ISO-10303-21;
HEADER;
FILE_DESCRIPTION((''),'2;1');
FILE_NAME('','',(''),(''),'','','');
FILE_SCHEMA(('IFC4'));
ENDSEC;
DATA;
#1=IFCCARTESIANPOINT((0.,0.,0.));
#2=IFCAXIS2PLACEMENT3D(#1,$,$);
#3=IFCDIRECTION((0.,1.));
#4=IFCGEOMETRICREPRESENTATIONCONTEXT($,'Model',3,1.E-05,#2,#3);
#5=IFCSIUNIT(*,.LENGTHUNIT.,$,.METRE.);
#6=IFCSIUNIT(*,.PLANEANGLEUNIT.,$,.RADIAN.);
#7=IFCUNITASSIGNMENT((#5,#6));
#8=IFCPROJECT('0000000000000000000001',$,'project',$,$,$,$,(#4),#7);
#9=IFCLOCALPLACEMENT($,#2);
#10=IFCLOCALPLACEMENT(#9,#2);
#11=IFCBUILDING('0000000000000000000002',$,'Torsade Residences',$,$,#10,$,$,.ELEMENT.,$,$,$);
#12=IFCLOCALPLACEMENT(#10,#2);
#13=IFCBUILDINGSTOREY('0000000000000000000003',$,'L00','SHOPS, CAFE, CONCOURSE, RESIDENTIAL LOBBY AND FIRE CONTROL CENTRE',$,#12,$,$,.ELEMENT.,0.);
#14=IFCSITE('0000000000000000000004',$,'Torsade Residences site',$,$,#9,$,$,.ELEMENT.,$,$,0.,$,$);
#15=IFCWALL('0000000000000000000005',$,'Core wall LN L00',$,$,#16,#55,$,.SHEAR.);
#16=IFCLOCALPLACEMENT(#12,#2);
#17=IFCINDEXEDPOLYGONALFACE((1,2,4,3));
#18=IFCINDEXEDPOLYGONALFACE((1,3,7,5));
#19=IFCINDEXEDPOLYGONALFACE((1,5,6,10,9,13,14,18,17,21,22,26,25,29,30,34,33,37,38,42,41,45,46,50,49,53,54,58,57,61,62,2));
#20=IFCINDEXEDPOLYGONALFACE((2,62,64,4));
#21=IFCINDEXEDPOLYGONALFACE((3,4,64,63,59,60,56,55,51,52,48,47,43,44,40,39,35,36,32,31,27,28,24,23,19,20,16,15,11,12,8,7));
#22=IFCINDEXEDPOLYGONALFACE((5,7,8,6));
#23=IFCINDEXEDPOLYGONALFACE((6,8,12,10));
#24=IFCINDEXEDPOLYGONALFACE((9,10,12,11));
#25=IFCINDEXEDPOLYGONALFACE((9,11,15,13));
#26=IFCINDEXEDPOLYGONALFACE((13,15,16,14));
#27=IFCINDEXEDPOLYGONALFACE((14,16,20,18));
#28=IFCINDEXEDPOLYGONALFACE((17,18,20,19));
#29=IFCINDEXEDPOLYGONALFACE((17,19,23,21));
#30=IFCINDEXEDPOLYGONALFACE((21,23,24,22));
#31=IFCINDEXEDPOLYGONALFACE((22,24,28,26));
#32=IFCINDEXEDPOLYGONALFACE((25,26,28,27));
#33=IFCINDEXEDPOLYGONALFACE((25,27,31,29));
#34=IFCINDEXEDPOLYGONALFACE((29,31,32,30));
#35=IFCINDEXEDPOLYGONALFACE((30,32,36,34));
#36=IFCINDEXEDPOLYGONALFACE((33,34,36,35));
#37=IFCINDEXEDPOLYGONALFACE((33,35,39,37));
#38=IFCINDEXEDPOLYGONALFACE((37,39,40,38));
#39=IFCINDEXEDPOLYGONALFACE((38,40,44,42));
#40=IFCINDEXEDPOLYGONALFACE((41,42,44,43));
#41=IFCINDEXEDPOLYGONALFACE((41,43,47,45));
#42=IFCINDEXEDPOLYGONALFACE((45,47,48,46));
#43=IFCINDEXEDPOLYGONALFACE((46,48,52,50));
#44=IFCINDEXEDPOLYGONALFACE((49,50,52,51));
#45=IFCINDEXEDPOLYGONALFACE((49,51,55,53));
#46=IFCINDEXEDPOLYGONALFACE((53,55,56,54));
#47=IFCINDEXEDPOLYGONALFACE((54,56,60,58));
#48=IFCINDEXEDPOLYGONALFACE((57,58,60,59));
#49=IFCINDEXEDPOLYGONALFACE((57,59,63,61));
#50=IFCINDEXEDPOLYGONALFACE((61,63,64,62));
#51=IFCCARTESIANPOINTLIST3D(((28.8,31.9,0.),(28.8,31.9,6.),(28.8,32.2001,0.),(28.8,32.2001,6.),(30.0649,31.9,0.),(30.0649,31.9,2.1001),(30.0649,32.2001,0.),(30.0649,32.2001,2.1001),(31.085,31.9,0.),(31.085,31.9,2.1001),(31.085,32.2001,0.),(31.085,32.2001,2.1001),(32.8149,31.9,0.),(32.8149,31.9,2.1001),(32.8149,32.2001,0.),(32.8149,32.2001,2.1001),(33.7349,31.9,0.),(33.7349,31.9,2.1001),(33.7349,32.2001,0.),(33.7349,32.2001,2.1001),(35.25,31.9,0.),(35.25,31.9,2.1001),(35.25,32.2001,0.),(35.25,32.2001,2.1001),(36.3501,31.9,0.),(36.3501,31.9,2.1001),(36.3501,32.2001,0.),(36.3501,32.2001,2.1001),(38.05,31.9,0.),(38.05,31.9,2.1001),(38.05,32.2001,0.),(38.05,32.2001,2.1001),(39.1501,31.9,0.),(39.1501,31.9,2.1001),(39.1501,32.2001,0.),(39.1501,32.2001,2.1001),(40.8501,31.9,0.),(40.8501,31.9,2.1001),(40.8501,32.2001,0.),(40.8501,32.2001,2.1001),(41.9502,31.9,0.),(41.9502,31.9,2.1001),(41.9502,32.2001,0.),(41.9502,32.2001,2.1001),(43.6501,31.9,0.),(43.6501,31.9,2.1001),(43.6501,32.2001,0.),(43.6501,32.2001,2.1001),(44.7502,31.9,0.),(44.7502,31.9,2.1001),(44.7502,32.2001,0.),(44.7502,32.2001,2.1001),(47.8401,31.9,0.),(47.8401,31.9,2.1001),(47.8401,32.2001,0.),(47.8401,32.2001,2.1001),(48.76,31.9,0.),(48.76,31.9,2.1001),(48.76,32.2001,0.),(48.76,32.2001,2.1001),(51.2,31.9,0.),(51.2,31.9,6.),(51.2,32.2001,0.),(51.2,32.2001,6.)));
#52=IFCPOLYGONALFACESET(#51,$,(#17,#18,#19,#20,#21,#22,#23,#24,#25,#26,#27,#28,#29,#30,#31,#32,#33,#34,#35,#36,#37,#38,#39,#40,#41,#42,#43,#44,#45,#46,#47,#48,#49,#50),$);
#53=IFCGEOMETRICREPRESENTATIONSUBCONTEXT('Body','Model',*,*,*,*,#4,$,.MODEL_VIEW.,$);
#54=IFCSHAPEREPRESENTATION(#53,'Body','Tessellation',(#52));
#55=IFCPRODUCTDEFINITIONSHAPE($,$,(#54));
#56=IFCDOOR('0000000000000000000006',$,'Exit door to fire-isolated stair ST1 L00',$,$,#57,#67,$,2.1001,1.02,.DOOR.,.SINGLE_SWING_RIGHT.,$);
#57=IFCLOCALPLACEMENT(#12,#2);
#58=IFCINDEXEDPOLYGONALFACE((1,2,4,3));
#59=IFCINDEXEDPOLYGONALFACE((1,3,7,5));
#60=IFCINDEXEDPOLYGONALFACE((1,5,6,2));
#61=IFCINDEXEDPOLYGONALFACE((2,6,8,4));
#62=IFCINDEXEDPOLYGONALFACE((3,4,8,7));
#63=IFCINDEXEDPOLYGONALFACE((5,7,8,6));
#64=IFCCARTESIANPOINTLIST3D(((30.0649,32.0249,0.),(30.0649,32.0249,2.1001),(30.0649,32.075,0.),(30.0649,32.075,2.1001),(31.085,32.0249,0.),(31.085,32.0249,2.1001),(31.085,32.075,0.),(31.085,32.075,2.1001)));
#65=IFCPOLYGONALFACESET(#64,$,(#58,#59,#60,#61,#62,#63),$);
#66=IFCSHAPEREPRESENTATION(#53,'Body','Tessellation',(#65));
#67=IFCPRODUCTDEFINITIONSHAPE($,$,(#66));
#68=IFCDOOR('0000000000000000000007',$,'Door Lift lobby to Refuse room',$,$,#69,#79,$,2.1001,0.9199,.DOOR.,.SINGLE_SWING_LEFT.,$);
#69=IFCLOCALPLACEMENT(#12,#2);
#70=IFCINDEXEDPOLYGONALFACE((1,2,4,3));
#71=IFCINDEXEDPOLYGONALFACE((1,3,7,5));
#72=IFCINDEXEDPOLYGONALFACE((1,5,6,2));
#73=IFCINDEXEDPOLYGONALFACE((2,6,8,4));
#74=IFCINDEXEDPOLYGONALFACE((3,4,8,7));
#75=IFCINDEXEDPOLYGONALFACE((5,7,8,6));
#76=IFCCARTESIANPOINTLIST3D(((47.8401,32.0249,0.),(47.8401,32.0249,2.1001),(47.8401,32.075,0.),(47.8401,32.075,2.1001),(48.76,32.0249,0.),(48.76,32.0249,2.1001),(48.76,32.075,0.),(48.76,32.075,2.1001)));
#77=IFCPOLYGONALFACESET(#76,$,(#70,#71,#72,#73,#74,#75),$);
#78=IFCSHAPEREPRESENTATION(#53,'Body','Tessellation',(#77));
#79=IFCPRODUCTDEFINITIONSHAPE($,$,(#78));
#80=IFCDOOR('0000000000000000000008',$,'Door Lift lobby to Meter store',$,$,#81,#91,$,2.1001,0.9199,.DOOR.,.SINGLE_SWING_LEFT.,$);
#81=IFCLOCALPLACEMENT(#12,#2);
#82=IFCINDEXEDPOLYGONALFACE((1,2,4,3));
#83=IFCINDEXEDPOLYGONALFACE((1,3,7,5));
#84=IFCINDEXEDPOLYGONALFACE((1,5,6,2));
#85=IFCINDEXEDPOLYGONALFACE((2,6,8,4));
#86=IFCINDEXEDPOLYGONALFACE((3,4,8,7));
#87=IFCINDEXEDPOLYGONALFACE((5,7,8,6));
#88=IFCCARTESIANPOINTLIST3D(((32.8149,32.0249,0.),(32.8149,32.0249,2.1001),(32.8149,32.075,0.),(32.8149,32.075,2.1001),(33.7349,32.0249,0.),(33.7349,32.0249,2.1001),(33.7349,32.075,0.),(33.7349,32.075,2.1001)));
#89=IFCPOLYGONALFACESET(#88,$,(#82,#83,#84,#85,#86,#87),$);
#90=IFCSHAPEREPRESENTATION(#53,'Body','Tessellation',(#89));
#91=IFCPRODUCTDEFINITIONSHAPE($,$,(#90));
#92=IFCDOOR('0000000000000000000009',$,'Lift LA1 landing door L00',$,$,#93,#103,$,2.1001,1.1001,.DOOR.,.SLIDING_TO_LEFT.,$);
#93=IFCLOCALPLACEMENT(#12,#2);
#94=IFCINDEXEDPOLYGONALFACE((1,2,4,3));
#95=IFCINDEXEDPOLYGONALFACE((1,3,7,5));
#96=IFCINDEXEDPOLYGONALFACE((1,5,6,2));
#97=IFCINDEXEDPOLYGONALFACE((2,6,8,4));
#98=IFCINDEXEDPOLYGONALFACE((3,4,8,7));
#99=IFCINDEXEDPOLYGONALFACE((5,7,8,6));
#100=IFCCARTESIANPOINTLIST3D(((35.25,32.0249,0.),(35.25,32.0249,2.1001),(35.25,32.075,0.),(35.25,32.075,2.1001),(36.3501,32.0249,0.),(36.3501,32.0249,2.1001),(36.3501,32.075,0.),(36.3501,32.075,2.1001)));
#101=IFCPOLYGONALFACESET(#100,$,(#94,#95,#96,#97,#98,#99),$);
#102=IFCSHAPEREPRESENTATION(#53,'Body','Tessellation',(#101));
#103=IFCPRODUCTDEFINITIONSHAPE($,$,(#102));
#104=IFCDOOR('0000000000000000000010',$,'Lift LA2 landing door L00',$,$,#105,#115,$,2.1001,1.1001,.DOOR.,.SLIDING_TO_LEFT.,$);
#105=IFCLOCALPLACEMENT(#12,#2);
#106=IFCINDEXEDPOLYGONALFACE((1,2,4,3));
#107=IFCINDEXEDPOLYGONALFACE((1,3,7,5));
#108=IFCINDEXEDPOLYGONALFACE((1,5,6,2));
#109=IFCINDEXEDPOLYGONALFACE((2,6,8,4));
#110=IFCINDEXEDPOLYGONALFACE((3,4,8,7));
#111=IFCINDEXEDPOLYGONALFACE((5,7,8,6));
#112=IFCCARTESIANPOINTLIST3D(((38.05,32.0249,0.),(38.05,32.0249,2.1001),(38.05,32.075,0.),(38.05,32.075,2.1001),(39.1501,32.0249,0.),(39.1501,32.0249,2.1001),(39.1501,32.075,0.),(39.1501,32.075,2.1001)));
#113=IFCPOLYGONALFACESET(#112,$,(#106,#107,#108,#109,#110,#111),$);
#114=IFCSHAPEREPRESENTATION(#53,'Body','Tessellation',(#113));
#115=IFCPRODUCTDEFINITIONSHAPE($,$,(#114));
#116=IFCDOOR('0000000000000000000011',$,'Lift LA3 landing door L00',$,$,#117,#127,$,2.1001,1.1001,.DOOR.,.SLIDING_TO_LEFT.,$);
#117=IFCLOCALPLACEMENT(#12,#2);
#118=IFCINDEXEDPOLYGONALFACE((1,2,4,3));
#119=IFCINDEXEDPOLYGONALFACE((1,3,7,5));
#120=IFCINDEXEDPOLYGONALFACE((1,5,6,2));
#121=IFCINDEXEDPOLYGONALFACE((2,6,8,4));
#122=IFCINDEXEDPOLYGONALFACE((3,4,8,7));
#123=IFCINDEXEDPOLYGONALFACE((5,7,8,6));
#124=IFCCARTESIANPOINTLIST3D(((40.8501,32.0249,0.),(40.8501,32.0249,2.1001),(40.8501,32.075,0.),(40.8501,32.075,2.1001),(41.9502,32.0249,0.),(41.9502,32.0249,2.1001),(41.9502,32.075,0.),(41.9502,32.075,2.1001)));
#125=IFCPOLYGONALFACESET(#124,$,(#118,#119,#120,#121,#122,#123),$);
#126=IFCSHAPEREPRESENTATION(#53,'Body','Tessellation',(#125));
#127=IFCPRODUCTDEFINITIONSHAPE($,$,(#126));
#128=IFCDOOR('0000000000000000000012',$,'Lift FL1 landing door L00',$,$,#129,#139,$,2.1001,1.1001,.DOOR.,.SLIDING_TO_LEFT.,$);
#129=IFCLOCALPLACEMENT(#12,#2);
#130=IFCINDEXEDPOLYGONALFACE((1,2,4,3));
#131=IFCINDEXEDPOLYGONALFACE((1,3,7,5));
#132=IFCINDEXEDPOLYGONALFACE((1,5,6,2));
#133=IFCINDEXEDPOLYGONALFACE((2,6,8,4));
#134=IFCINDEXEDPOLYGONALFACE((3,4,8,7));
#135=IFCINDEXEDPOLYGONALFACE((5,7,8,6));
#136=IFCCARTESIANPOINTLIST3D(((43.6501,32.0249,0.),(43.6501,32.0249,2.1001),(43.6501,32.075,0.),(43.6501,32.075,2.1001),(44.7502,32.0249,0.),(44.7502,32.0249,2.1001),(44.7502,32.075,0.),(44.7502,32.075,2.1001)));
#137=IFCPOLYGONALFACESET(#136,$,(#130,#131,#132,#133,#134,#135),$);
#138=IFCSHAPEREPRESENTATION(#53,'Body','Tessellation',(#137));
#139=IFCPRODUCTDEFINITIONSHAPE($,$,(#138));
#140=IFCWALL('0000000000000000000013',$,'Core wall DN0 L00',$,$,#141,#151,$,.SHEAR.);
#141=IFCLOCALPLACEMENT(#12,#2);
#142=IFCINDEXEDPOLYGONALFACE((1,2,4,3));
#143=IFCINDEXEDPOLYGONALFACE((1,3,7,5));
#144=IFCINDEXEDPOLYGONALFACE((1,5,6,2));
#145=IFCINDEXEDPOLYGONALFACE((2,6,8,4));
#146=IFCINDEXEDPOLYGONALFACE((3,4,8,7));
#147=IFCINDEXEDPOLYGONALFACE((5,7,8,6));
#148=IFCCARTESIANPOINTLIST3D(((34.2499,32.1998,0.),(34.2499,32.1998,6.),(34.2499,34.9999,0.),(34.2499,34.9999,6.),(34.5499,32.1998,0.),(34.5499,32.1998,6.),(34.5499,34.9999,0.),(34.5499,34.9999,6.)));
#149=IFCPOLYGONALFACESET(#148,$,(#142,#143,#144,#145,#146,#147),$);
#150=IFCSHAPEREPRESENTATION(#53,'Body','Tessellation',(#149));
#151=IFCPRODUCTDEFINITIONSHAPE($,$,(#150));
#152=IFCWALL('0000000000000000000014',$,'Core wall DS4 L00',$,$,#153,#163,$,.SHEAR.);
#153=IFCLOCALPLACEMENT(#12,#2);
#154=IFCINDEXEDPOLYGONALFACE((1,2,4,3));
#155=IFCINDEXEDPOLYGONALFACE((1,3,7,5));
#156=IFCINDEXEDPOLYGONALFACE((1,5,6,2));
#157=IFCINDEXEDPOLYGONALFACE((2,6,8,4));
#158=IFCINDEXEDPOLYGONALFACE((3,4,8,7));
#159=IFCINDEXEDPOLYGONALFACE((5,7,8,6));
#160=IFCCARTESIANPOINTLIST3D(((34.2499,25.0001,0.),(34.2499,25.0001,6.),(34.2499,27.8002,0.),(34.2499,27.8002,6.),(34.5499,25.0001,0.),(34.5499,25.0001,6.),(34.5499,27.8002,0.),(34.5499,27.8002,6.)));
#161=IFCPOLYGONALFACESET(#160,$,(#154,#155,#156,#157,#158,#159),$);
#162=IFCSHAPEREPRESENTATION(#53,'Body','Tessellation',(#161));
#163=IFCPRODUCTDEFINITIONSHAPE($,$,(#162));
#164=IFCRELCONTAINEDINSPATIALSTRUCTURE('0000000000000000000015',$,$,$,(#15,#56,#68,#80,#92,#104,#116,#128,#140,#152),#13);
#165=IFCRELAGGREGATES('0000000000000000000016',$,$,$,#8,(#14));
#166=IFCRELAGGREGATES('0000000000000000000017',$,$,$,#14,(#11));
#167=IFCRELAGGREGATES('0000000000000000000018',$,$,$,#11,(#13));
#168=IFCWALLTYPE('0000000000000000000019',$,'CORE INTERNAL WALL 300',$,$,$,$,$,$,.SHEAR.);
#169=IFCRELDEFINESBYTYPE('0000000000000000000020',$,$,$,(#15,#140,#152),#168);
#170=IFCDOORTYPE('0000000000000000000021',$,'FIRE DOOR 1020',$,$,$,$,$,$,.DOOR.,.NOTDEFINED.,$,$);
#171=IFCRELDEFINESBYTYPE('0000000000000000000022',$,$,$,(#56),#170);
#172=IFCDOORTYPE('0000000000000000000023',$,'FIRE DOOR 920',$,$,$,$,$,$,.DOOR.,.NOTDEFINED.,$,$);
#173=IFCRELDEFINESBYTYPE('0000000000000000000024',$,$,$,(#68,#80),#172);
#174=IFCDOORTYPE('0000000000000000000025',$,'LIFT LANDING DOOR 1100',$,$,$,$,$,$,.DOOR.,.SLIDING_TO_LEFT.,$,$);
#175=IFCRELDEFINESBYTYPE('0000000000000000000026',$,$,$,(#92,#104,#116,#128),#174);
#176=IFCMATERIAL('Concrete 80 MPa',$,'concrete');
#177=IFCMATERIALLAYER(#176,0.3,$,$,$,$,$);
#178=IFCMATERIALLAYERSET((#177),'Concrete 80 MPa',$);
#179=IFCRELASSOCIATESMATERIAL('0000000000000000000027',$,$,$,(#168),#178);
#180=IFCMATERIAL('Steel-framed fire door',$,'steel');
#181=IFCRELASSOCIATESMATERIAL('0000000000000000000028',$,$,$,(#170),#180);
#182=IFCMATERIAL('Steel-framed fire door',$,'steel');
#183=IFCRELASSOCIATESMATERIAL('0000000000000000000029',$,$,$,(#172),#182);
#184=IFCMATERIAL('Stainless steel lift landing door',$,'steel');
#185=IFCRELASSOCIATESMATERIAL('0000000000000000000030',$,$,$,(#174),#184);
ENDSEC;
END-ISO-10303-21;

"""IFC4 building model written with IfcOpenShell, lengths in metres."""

from ifc_helpers import new_model, si_unit, direction, frame, frame_2d, origin, place, context, subcontext, project, spatial, rectangle, extrude, material, layer, layer_set, type_object, element, fill, save


model = new_model("IFC4")

# Units and contexts
model_context = context("Model", 3, precision=1e-05, world=origin(), true_north=direction((0.0, 1.0)))
body_context = subcontext(model_context, "Body", "Model", "MODEL_VIEW")
ifc_project = project(units=[si_unit("LENGTHUNIT", "METRE"), si_unit("PLANEANGLEUNIT", "RADIAN")], contexts=[model_context])

# Site, building, storey
site_placement = place(None, origin())
site = spatial("IfcSite", under=ifc_project, at=site_placement, Name="Torsade Residences site", CompositionType="ELEMENT", RefElevation=0.0)
building_placement = place(site_placement, origin())
building = spatial("IfcBuilding", under=site, at=building_placement, Name="Torsade Residences", CompositionType="ELEMENT")
storey_placement = place(building_placement, origin())
storey = spatial("IfcBuildingStorey", under=building, at=storey_placement, Name="L00", Description="SHOPS, CAFE, CONCOURSE, RESIDENTIAL LOBBY AND FIRE CONTROL CENTRE", CompositionType="ELEMENT", Elevation=0.0)

# Wall, openings, doors
ifc_material_1 = material(Name="Concrete 80 MPa", Category="concrete")
ifc_layer_1 = layer(ifc_material_1, 0.3)
ifc_layer_set_1 = layer_set([ifc_layer_1], Name="Concrete 80 MPa")
wall_type_1 = type_object("IfcWallType", Name="CORE INTERNAL WALL 300", PredefinedType="SHEAR", material=ifc_layer_set_1)
wall_1_placement = place(storey_placement, frame((28.8, 32.05, 0.0), z_axis=(0.0, 0.0, 1.0), x_axis=(1.0, 0.0, 0.0)))
wall_1 = element("IfcWall", 1, at=wall_1_placement, inside=storey, type_object=wall_type_1, Name="Core wall LN L00", PredefinedType="SHEAR", context=body_context, shape_type="SweptSolid", body=[
    extrude(rectangle(XDim=22.3999, YDim=0.3, at=frame_2d((11.2, 0.0))), origin(), (0.0, 0.0, 1.0), 6.0),
])
opening_1_placement = place(wall_1_placement, frame((19.04, 0.0, 0.0)))
opening_1 = element("IfcOpeningElement", 2, at=opening_1_placement, cuts=wall_1, PredefinedType="OPENING", context=body_context, shape_type="SweptSolid", body=[
    extrude(rectangle(XDim=0.9199, YDim=2.1001, at=frame_2d((0.46, 1.05))), frame((0.0, 0.1599, 0.0), z_axis=(0.0, -1.0, 0.0), x_axis=(1.0, 0.0, 0.0)), (0.0, 0.0, 1.0), 0.3201),
])
opening_2_placement = place(wall_1_placement, frame((1.2649, 0.0, 0.0)))
opening_2 = element("IfcOpeningElement", 3, at=opening_2_placement, cuts=wall_1, PredefinedType="OPENING", context=body_context, shape_type="SweptSolid", body=[
    extrude(rectangle(XDim=1.02, YDim=2.1001, at=frame_2d((0.51, 1.05))), frame((0.0, 0.1599, 0.0), z_axis=(0.0, -1.0, 0.0), x_axis=(1.0, 0.0, 0.0)), (0.0, 0.0, 1.0), 0.3201),
])
opening_3_placement = place(wall_1_placement, frame((4.0149, 0.0, 0.0)))
opening_3 = element("IfcOpeningElement", 4, at=opening_3_placement, cuts=wall_1, PredefinedType="OPENING", context=body_context, shape_type="SweptSolid", body=[
    extrude(rectangle(XDim=0.9199, YDim=2.1001, at=frame_2d((0.46, 1.05))), frame((0.0, 0.1599, 0.0), z_axis=(0.0, -1.0, 0.0), x_axis=(1.0, 0.0, 0.0)), (0.0, 0.0, 1.0), 0.3201),
])
opening_4_placement = place(wall_1_placement, frame((6.45, 0.0, 0.0)))
opening_4 = element("IfcOpeningElement", 5, at=opening_4_placement, cuts=wall_1, PredefinedType="OPENING", context=body_context, shape_type="SweptSolid", body=[
    extrude(rectangle(XDim=1.1001, YDim=2.1001, at=frame_2d((0.55, 1.05))), frame((0.0, 0.1599, 0.0), z_axis=(0.0, -1.0, 0.0), x_axis=(1.0, 0.0, 0.0)), (0.0, 0.0, 1.0), 0.3201),
])
opening_5_placement = place(wall_1_placement, frame((9.25, 0.0, 0.0)))
opening_5 = element("IfcOpeningElement", 6, at=opening_5_placement, cuts=wall_1, PredefinedType="OPENING", context=body_context, shape_type="SweptSolid", body=[
    extrude(rectangle(XDim=1.1001, YDim=2.1001, at=frame_2d((0.55, 1.05))), frame((0.0, 0.1599, 0.0), z_axis=(0.0, -1.0, 0.0), x_axis=(1.0, 0.0, 0.0)), (0.0, 0.0, 1.0), 0.3201),
])
opening_6_placement = place(wall_1_placement, frame((12.05, 0.0, 0.0)))
opening_6 = element("IfcOpeningElement", 7, at=opening_6_placement, cuts=wall_1, PredefinedType="OPENING", context=body_context, shape_type="SweptSolid", body=[
    extrude(rectangle(XDim=1.1001, YDim=2.1001, at=frame_2d((0.55, 1.05))), frame((0.0, 0.1599, 0.0), z_axis=(0.0, -1.0, 0.0), x_axis=(1.0, 0.0, 0.0)), (0.0, 0.0, 1.0), 0.3201),
])
opening_7_placement = place(wall_1_placement, frame((14.8501, 0.0, 0.0)))
opening_7 = element("IfcOpeningElement", 8, at=opening_7_placement, cuts=wall_1, PredefinedType="OPENING", context=body_context, shape_type="SweptSolid", body=[
    extrude(rectangle(XDim=1.1001, YDim=2.1001, at=frame_2d((0.55, 1.05))), frame((0.0, 0.1599, 0.0), z_axis=(0.0, -1.0, 0.0), x_axis=(1.0, 0.0, 0.0)), (0.0, 0.0, 1.0), 0.3201),
])
ifc_material_2 = material(Name="Steel-framed fire door", Category="steel")
door_type_1 = type_object("IfcDoorType", Name="FIRE DOOR 1020", OperationType="NOTDEFINED", PredefinedType="DOOR", material=ifc_material_2)
door_1_placement = place(opening_2_placement, origin())
door_1 = element("IfcDoor", 9, at=door_1_placement, inside=storey, type_object=door_type_1, Name="Exit door to fire-isolated stair ST1 L00", OperationType="SINGLE_SWING_RIGHT", OverallHeight=2.1001, OverallWidth=1.02, PredefinedType="DOOR", context=body_context, shape_type="SweptSolid", body=[
    extrude(rectangle(XDim=1.02, YDim=2.1001, at=frame_2d((0.51, 1.05))), frame((0.0, 0.0249, 0.0), z_axis=(0.0, -1.0, 0.0), x_axis=(1.0, 0.0, 0.0)), (0.0, 0.0, 1.0), 0.05),
])
fill(opening_2, door_1)
ifc_material_3 = material(Name="Steel-framed fire door", Category="steel")
door_type_2 = type_object("IfcDoorType", Name="FIRE DOOR 920", OperationType="NOTDEFINED", PredefinedType="DOOR", material=ifc_material_3)
door_2_placement = place(opening_1_placement, origin())
door_2 = element("IfcDoor", 10, at=door_2_placement, inside=storey, type_object=door_type_2, Name="Door Lift lobby to Refuse room", OperationType="SINGLE_SWING_LEFT", OverallHeight=2.1001, OverallWidth=0.9199, PredefinedType="DOOR", context=body_context, shape_type="SweptSolid", body=[
    extrude(rectangle(XDim=0.9199, YDim=2.1001, at=frame_2d((0.46, 1.05))), frame((0.0, 0.0249, 0.0), z_axis=(0.0, -1.0, 0.0), x_axis=(1.0, 0.0, 0.0)), (0.0, 0.0, 1.0), 0.05),
])
fill(opening_1, door_2)
door_3_placement = place(opening_3_placement, origin())
door_3 = element("IfcDoor", 11, at=door_3_placement, inside=storey, type_object=door_type_2, Name="Door Lift lobby to Meter store", OperationType="SINGLE_SWING_LEFT", OverallHeight=2.1001, OverallWidth=0.9199, PredefinedType="DOOR", context=body_context, shape_type="SweptSolid", body=[
    extrude(rectangle(XDim=0.9199, YDim=2.1001, at=frame_2d((0.46, 1.05))), frame((0.0, 0.0249, 0.0), z_axis=(0.0, -1.0, 0.0), x_axis=(1.0, 0.0, 0.0)), (0.0, 0.0, 1.0), 0.05),
])
fill(opening_3, door_3)
ifc_material_4 = material(Name="Stainless steel lift landing door", Category="steel")
door_type_3 = type_object("IfcDoorType", Name="LIFT LANDING DOOR 1100", OperationType="SLIDING_TO_LEFT", PredefinedType="DOOR", material=ifc_material_4)
door_4_placement = place(opening_4_placement, origin())
door_4 = element("IfcDoor", 12, at=door_4_placement, inside=storey, type_object=door_type_3, Name="Lift LA1 landing door L00", OperationType="SLIDING_TO_LEFT", OverallHeight=2.1001, OverallWidth=1.1001, PredefinedType="DOOR", context=body_context, shape_type="SweptSolid", body=[
    extrude(rectangle(XDim=1.1001, YDim=2.1001, at=frame_2d((0.55, 1.05))), frame((0.0, 0.0249, 0.0), z_axis=(0.0, -1.0, 0.0), x_axis=(1.0, 0.0, 0.0)), (0.0, 0.0, 1.0), 0.05),
])
fill(opening_4, door_4)
door_5_placement = place(opening_5_placement, origin())
door_5 = element("IfcDoor", 13, at=door_5_placement, inside=storey, type_object=door_type_3, Name="Lift LA2 landing door L00", OperationType="SLIDING_TO_LEFT", OverallHeight=2.1001, OverallWidth=1.1001, PredefinedType="DOOR", context=body_context, shape_type="SweptSolid", body=[
    extrude(rectangle(XDim=1.1001, YDim=2.1001, at=frame_2d((0.55, 1.05))), frame((0.0, 0.0249, 0.0), z_axis=(0.0, -1.0, 0.0), x_axis=(1.0, 0.0, 0.0)), (0.0, 0.0, 1.0), 0.05),
])
fill(opening_5, door_5)
door_6_placement = place(opening_6_placement, origin())
door_6 = element("IfcDoor", 14, at=door_6_placement, inside=storey, type_object=door_type_3, Name="Lift LA3 landing door L00", OperationType="SLIDING_TO_LEFT", OverallHeight=2.1001, OverallWidth=1.1001, PredefinedType="DOOR", context=body_context, shape_type="SweptSolid", body=[
    extrude(rectangle(XDim=1.1001, YDim=2.1001, at=frame_2d((0.55, 1.05))), frame((0.0, 0.0249, 0.0), z_axis=(0.0, -1.0, 0.0), x_axis=(1.0, 0.0, 0.0)), (0.0, 0.0, 1.0), 0.05),
])
fill(opening_6, door_6)
door_7_placement = place(opening_7_placement, origin())
door_7 = element("IfcDoor", 15, at=door_7_placement, inside=storey, type_object=door_type_3, Name="Lift FL1 landing door L00", OperationType="SLIDING_TO_LEFT", OverallHeight=2.1001, OverallWidth=1.1001, PredefinedType="DOOR", context=body_context, shape_type="SweptSolid", body=[
    extrude(rectangle(XDim=1.1001, YDim=2.1001, at=frame_2d((0.55, 1.05))), frame((0.0, 0.0249, 0.0), z_axis=(0.0, -1.0, 0.0), x_axis=(1.0, 0.0, 0.0)), (0.0, 0.0, 1.0), 0.05),
])
fill(opening_7, door_7)

# Walls
for number, where, z_axis, x_axis, name in (
    (16, (34.3999, 32.2, 0.0), (0.0, 0.0, 1.0), (0.0, 1.0, 0.0), "Core wall DN0 L00"),
    (17, (34.3999, 27.8, 0.0), (0.0, 0.0, 1.0), (0.0, -1.0, 0.0), "Core wall DS4 L00"),
):
    element("IfcWall", number, at=place(storey_placement, frame(where, z_axis=z_axis, x_axis=x_axis)), inside=storey, type_object=wall_type_1, Name=name, PredefinedType="SHEAR", context=body_context, shape_type="SweptSolid", body=[
        extrude(rectangle(XDim=2.8, YDim=0.3, at=frame_2d((1.3999, 0.0))), origin(), (0.0, 0.0, 1.0), 6.0),
    ])

save(model, "model.ifc")
